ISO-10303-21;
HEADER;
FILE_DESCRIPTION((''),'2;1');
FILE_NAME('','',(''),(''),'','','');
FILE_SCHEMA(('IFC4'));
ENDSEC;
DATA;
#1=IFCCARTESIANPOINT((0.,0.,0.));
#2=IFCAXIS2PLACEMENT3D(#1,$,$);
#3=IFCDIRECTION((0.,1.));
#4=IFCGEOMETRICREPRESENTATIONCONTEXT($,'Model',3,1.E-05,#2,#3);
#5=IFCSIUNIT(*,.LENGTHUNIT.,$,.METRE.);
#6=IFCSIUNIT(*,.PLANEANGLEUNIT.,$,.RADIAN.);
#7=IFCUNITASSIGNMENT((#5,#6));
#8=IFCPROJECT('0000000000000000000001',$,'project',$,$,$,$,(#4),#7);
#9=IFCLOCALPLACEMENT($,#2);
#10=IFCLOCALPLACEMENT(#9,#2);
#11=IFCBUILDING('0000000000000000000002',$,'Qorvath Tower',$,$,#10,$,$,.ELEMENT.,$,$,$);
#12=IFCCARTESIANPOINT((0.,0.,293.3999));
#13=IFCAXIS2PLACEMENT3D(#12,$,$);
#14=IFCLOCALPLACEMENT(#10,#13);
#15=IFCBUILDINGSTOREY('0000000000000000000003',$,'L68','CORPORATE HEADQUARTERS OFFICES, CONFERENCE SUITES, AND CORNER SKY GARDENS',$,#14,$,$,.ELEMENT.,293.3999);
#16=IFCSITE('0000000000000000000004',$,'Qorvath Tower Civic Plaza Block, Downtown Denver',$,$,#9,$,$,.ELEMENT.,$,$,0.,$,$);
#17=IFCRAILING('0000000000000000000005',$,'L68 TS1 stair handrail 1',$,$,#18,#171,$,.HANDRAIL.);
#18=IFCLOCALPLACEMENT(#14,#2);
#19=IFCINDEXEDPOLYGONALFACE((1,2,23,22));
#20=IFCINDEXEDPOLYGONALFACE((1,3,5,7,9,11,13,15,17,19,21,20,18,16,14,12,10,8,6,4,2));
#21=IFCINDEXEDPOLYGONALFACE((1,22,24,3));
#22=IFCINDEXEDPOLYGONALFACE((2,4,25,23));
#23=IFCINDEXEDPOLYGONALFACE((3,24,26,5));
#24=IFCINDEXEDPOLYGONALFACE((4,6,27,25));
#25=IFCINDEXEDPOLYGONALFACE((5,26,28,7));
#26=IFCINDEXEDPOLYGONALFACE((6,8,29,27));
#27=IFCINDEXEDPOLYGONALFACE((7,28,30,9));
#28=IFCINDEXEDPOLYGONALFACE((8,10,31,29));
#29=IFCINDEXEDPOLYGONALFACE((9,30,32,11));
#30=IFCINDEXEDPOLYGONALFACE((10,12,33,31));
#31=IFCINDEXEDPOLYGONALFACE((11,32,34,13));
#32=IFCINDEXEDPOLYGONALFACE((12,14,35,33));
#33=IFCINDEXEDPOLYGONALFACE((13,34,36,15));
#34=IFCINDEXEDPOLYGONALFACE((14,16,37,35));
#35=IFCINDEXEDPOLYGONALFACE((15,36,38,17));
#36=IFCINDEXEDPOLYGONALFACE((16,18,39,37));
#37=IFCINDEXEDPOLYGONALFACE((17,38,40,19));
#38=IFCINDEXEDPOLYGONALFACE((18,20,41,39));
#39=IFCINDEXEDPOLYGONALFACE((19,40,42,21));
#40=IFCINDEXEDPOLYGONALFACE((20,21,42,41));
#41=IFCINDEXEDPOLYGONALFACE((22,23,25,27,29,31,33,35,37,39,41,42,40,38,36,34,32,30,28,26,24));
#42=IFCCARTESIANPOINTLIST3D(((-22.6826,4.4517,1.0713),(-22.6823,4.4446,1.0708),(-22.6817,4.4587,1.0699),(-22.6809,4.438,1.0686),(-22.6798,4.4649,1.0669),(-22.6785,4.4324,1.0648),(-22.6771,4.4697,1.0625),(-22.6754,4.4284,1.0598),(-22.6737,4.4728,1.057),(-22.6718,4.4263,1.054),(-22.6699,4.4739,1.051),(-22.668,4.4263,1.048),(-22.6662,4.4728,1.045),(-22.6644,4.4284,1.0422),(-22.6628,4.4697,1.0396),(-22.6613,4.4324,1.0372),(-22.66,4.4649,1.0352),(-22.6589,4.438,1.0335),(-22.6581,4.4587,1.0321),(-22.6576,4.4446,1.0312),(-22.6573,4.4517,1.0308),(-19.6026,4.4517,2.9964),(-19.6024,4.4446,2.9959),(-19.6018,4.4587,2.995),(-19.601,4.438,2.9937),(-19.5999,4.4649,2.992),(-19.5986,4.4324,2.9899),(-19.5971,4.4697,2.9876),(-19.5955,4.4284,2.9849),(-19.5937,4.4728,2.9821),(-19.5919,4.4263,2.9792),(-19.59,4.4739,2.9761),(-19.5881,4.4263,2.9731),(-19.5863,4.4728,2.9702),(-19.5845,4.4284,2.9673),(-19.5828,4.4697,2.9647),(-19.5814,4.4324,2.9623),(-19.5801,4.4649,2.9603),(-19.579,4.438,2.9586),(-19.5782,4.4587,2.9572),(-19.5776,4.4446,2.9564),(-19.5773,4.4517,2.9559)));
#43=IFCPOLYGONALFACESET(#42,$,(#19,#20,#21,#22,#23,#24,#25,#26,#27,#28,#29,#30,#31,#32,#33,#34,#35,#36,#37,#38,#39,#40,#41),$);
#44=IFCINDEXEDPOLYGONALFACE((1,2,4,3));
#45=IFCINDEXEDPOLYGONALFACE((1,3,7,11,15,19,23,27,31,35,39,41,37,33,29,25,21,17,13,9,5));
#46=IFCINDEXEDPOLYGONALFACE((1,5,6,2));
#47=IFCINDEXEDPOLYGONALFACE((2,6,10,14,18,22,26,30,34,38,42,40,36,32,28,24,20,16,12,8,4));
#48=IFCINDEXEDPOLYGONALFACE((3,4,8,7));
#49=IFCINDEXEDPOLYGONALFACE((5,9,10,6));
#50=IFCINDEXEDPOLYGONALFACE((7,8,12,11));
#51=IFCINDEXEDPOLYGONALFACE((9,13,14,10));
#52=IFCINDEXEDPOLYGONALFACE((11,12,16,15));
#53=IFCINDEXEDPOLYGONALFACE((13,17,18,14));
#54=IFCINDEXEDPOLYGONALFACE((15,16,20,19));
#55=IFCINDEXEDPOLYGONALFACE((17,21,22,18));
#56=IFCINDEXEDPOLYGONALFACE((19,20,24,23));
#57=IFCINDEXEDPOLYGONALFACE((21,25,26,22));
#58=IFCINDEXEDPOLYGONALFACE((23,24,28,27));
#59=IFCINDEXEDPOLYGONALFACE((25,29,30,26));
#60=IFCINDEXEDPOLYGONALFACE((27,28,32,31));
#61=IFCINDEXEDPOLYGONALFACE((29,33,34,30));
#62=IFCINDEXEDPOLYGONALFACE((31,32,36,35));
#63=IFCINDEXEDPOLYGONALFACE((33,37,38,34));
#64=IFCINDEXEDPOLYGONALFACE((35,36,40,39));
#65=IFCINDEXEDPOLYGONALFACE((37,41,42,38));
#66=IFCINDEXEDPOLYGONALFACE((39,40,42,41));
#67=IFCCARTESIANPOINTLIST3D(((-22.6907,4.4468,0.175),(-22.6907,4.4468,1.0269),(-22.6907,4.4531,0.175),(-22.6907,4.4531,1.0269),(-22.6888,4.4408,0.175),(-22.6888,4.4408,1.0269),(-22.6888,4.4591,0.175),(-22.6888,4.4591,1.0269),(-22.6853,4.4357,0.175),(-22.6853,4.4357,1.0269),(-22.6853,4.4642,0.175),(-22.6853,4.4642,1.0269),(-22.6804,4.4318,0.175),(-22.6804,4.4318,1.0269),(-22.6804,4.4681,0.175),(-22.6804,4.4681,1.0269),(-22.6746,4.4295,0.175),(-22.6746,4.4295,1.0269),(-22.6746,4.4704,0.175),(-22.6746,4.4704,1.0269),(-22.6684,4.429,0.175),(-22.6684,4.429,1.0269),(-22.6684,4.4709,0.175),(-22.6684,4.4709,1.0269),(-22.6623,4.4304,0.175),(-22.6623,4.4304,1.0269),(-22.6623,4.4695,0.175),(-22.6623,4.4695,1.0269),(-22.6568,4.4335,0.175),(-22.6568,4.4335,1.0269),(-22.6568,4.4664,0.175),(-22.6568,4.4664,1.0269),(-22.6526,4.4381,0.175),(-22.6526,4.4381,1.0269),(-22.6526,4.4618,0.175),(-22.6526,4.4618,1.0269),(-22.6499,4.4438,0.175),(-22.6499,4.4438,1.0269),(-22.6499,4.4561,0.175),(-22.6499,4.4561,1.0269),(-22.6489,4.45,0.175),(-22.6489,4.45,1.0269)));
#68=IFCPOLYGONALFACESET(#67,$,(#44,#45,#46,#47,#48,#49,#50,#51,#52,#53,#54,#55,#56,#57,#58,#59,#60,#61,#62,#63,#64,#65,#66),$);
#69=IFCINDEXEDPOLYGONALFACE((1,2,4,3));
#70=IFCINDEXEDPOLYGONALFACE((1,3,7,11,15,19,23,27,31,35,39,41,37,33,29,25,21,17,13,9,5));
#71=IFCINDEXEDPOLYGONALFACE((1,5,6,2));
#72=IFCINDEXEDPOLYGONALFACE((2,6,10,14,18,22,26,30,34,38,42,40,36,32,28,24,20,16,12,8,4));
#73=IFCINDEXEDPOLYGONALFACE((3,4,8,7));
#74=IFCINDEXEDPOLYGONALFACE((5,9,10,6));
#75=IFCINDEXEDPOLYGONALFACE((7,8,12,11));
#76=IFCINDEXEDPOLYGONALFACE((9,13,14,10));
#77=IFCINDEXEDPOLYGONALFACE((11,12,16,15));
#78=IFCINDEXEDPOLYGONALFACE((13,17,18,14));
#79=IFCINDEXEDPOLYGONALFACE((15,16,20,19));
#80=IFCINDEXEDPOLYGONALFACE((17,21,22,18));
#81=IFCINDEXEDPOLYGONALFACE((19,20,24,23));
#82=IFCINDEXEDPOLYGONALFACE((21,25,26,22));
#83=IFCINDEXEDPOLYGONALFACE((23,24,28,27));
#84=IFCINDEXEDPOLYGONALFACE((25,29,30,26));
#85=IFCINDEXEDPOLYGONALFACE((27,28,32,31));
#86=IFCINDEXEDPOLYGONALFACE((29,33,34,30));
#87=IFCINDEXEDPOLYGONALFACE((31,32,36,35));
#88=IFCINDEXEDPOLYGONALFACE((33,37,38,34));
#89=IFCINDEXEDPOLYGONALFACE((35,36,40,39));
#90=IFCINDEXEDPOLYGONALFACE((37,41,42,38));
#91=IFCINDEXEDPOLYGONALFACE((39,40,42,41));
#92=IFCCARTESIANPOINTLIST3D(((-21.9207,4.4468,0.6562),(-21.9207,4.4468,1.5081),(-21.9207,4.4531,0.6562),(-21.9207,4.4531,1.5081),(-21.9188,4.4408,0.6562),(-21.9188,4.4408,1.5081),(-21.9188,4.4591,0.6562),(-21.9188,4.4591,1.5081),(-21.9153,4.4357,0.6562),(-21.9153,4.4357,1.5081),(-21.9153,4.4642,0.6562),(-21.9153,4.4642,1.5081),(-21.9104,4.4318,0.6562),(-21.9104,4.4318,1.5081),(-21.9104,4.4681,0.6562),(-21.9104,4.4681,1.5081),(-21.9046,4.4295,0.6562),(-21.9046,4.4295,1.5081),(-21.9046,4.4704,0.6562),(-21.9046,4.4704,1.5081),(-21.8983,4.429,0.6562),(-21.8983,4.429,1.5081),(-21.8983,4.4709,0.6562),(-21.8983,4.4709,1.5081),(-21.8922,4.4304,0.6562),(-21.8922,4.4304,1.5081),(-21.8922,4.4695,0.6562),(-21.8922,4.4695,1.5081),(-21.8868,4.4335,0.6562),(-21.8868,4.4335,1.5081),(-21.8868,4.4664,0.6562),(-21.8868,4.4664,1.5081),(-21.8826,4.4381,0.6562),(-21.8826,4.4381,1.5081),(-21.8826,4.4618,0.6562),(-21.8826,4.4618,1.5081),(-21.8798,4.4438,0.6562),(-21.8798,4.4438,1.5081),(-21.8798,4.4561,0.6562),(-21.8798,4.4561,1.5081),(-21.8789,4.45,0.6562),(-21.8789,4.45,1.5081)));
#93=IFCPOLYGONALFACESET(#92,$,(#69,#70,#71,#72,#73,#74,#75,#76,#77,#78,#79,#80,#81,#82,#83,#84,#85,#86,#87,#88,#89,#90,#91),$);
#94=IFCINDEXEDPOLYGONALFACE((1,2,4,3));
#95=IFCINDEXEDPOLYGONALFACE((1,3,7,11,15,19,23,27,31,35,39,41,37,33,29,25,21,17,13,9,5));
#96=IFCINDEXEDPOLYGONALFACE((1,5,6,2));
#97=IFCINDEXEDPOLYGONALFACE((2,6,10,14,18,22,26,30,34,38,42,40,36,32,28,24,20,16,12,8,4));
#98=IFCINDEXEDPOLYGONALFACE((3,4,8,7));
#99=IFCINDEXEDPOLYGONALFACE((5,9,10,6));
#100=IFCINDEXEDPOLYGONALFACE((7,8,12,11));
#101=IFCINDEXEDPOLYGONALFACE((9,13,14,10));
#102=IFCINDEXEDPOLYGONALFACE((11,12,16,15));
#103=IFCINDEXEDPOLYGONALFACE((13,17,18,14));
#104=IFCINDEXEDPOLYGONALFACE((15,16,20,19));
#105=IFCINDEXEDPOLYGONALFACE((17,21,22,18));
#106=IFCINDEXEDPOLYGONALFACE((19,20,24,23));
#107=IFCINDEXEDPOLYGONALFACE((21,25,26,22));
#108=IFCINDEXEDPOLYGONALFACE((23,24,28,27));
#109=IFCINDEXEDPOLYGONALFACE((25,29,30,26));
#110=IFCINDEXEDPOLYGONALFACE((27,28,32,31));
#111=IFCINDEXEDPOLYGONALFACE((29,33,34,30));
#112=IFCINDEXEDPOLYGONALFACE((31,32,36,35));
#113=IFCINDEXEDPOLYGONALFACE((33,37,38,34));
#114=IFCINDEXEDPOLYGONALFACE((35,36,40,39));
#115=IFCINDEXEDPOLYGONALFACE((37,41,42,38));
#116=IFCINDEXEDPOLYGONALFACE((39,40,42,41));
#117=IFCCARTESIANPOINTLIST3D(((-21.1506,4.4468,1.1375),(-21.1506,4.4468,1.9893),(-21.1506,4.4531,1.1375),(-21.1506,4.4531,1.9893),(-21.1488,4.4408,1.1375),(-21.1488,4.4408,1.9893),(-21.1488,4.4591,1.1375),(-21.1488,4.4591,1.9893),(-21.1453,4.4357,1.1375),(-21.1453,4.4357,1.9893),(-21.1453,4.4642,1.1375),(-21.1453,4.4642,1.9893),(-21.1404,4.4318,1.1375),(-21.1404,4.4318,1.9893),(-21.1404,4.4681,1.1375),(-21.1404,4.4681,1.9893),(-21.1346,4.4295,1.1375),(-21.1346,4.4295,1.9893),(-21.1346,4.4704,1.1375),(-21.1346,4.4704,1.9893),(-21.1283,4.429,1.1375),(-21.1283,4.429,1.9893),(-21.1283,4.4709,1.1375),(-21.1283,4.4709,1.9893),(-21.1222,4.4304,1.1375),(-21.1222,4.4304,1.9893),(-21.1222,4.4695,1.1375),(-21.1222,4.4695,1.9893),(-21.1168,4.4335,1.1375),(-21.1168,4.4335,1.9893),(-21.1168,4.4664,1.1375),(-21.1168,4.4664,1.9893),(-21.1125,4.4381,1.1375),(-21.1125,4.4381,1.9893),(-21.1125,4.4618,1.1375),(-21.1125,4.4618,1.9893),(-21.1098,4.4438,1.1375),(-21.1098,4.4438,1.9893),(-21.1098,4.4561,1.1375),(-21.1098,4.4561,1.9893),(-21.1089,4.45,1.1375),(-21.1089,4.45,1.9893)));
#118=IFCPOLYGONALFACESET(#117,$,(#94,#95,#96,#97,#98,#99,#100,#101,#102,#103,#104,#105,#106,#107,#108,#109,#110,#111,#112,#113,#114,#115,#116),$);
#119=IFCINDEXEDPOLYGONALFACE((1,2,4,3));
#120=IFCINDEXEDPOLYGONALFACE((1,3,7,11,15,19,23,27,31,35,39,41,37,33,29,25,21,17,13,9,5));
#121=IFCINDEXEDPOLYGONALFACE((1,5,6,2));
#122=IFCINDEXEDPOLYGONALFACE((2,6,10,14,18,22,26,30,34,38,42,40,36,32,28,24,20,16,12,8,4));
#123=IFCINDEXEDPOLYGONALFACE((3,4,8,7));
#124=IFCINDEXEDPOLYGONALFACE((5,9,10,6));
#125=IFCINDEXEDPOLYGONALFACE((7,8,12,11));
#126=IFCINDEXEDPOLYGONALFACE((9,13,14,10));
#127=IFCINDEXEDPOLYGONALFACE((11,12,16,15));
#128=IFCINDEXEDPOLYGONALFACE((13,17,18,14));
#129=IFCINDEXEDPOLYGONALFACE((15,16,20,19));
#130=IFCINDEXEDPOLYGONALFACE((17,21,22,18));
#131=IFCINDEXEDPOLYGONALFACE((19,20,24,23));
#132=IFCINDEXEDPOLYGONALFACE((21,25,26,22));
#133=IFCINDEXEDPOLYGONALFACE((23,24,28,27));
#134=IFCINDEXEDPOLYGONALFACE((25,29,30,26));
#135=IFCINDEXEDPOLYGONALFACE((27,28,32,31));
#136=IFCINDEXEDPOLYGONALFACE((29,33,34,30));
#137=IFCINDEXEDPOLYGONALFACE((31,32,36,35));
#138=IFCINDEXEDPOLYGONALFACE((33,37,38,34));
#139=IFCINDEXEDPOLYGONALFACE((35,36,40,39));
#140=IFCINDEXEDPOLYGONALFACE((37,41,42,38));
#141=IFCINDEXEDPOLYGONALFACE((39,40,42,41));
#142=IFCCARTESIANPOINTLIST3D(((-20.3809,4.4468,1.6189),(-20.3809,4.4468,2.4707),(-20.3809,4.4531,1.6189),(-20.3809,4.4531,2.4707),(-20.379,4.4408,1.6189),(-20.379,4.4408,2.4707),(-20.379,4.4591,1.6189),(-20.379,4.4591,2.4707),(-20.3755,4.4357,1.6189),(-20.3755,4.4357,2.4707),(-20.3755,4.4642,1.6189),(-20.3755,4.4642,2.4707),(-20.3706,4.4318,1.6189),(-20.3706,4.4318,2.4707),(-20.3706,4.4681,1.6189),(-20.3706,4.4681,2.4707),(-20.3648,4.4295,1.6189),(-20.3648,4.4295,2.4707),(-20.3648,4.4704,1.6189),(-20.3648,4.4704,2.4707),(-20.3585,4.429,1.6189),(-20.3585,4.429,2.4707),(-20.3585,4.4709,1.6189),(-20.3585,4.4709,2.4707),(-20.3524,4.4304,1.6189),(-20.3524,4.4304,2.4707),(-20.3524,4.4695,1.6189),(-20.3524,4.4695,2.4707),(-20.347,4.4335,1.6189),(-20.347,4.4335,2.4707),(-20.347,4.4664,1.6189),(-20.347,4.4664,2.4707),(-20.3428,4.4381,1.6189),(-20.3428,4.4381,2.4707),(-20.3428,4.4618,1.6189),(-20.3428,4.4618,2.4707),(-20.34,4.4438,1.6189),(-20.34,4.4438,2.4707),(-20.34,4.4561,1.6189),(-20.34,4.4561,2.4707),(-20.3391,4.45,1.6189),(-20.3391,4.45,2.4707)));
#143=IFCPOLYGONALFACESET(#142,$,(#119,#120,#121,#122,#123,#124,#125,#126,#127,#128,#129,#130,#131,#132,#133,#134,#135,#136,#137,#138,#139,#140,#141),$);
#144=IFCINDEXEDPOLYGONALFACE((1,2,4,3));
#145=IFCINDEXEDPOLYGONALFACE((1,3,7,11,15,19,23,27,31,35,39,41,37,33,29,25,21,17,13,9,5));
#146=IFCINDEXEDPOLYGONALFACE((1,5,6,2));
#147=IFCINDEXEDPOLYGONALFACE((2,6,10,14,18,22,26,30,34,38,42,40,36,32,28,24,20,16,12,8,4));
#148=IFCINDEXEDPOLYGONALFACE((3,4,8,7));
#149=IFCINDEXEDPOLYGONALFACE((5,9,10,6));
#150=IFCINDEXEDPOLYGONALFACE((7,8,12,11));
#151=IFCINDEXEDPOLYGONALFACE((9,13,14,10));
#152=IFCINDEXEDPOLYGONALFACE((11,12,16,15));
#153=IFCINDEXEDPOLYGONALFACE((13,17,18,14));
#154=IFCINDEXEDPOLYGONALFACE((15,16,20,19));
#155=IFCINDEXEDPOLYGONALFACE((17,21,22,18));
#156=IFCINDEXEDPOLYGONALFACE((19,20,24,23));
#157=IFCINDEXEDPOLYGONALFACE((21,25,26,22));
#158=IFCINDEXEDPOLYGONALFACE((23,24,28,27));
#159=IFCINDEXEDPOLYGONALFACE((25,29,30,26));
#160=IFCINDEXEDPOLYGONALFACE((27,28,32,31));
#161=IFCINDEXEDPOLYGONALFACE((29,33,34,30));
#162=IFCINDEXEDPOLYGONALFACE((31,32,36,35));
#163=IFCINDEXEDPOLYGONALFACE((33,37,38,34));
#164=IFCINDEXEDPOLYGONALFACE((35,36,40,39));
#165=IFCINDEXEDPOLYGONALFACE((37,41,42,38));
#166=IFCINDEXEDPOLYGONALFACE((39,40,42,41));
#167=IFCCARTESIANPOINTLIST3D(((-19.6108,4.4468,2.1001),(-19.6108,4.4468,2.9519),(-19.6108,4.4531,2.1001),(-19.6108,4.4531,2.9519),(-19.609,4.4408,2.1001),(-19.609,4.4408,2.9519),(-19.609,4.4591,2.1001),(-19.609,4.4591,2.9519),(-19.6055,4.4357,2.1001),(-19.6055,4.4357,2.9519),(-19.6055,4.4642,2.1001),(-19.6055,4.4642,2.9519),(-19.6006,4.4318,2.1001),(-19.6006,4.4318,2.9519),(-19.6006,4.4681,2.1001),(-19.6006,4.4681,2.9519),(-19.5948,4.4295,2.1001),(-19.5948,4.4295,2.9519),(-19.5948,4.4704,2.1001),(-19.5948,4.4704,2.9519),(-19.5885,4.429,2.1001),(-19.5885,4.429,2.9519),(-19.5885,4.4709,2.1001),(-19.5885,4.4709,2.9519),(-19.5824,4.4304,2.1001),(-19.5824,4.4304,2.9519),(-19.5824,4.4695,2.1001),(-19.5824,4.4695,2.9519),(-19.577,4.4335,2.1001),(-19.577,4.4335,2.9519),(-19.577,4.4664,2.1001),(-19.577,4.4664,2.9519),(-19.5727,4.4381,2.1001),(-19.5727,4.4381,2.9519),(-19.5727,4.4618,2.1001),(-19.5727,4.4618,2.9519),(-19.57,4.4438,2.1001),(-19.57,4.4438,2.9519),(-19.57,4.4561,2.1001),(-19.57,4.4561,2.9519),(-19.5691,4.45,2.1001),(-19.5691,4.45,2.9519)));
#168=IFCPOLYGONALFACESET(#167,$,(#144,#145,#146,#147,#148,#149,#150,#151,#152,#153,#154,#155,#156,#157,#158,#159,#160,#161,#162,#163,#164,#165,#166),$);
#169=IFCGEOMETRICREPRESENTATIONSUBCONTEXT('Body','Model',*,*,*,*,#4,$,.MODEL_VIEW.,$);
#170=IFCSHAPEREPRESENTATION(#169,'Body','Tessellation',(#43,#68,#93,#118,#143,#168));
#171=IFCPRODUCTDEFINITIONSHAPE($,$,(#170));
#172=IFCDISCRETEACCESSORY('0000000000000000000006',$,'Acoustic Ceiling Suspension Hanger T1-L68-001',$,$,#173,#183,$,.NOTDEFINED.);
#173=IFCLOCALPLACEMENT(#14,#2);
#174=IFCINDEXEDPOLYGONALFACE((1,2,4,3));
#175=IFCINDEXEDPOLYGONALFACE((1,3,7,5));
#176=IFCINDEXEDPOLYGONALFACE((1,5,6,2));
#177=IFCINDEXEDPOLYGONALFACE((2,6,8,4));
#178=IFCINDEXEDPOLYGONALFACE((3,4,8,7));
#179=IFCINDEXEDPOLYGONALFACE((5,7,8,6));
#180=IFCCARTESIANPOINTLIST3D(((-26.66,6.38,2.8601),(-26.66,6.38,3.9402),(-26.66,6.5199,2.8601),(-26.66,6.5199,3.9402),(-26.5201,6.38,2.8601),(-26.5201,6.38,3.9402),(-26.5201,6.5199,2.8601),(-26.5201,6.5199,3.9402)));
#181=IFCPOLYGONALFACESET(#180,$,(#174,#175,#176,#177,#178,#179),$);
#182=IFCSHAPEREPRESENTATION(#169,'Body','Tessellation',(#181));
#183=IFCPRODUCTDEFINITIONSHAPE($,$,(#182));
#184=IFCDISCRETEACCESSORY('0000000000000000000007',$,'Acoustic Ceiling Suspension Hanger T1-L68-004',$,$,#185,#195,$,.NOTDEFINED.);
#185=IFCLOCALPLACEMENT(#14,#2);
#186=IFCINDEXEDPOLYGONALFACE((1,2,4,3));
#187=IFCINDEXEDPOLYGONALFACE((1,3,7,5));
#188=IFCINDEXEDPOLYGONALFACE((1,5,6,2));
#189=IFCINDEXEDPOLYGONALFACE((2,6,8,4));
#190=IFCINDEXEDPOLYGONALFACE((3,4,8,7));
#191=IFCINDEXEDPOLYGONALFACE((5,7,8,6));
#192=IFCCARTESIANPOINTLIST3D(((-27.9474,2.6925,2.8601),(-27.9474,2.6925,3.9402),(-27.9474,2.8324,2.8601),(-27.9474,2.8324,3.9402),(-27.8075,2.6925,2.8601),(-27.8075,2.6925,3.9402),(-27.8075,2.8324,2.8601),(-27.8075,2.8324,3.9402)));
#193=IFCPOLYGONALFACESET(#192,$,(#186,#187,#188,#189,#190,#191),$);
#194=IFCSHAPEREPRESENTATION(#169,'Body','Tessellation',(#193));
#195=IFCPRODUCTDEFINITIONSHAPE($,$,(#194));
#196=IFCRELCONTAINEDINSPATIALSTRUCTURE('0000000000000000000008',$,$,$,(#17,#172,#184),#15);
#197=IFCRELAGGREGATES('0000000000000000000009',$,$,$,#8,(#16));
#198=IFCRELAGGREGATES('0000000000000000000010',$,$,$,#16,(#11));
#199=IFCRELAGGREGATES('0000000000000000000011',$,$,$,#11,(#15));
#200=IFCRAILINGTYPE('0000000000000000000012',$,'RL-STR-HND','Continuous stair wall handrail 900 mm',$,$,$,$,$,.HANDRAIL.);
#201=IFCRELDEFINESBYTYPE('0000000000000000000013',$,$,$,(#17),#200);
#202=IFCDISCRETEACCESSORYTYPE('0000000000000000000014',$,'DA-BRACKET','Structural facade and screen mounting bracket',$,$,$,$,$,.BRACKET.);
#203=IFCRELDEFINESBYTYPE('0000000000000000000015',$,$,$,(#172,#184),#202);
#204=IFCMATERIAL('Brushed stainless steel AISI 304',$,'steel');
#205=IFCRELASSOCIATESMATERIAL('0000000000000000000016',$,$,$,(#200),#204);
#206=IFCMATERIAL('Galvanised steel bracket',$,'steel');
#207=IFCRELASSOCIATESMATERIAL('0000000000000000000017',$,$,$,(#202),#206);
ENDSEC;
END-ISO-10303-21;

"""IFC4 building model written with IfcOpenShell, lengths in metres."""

from ifc_helpers import new_model, si_unit, direction, frame, origin, origin_2d, place, context, subcontext, project, spatial, rectangle, circle, extrude, material, type_object, element, save


model = new_model("IFC4")

# Units and contexts
model_context = context("Model", 3, precision=1e-05, world=origin(), true_north=direction((0.0, 1.0)))
body_context = subcontext(model_context, "Body", "Model", "MODEL_VIEW")
ifc_project = project(units=[si_unit("LENGTHUNIT", "METRE"), si_unit("PLANEANGLEUNIT", "RADIAN")], contexts=[model_context])

# Site, building, storey
site_placement = place(None, origin())
site = spatial("IfcSite", under=ifc_project, at=site_placement, Name="Qorvath Tower Civic Plaza Block, Downtown Denver", CompositionType="ELEMENT", RefElevation=0.0)
building_placement = place(site_placement, origin())
building = spatial("IfcBuilding", under=site, at=building_placement, Name="Qorvath Tower", CompositionType="ELEMENT")
storey_placement = place(building_placement, frame((0.0, 0.0, 293.3999)))
storey = spatial("IfcBuildingStorey", under=building, at=storey_placement, Name="L68", Description="CORPORATE HEADQUARTERS OFFICES, CONFERENCE SUITES, AND CORNER SKY GARDENS", CompositionType="ELEMENT", Elevation=293.3999)

# Railing
ifc_material_1 = material(Name="Brushed stainless steel AISI 304", Category="steel")
railing_type_1 = type_object("IfcRailingType", Name="RL-STR-HND", Description="Continuous stair wall handrail 900 mm", PredefinedType="HANDRAIL", material=ifc_material_1)
railing_1_placement = place(storey_placement, frame((-22.6699, 4.45, 0.175)))
element("IfcRailing", 1, at=railing_1_placement, inside=storey, type_object=railing_type_1, Name="L68 TS1 stair handrail 1", PredefinedType="HANDRAIL", context=body_context, shape_type="SweptSolid", body=[
    extrude(circle(Radius=0.0239, at=origin_2d()), frame((0.0, 0.0, 0.876), z_axis=(0.847979, 0.0, 0.530029), x_axis=(0.0, 1.0, 0.0)), (0.0, 0.0, 1.0), 3.6321),
    extrude(circle(Radius=0.021, at=origin_2d()), origin(), (0.0, 0.0, 1.0), 0.8518),
    extrude(circle(Radius=0.021, at=origin_2d()), frame((0.77, 0.0, 0.4812)), (0.0, 0.0, 1.0), 0.8518),
    extrude(circle(Radius=0.021, at=origin_2d()), frame((1.54, 0.0, 0.9624)), (0.0, 0.0, 1.0), 0.8518),
    extrude(circle(Radius=0.021, at=origin_2d()), frame((2.3098, 0.0, 1.4438)), (0.0, 0.0, 1.0), 0.8518),
    extrude(circle(Radius=0.021, at=origin_2d()), frame((3.0798, 0.0, 1.925)), (0.0, 0.0, 1.0), 0.8518),
])

# Discrete accessories
ifc_material_2 = material(Name="Galvanised steel bracket", Category="steel")
discrete_accessory_type = type_object("IfcDiscreteAccessoryType", Name="DA-BRACKET", Description="Structural facade and screen mounting bracket", PredefinedType="BRACKET", material=ifc_material_2)
for number, where, z_axis, x_axis, name in (
    (2, (-26.5901, 6.45, 2.8601), (0.0, 0.0, 1.0), (1.0, 0.0, 0.0), "Acoustic Ceiling Suspension Hanger T1-L68-001"),
    (3, (-27.8774, 2.7625, 2.8601), (0.0, 0.0, 1.0), (1.0, 0.0, 0.0), "Acoustic Ceiling Suspension Hanger T1-L68-004"),
):
    element("IfcDiscreteAccessory", number, at=place(storey_placement, frame(where, z_axis=z_axis, x_axis=x_axis)), inside=storey, type_object=discrete_accessory_type, Name=name, PredefinedType="NOTDEFINED", context=body_context, shape_type="SweptSolid", body=[
        extrude(rectangle(XDim=0.1399, YDim=0.1399, at=origin_2d()), origin(), (0.0, 0.0, 1.0), 1.0801),
    ])

save(model, "model.ifc")
